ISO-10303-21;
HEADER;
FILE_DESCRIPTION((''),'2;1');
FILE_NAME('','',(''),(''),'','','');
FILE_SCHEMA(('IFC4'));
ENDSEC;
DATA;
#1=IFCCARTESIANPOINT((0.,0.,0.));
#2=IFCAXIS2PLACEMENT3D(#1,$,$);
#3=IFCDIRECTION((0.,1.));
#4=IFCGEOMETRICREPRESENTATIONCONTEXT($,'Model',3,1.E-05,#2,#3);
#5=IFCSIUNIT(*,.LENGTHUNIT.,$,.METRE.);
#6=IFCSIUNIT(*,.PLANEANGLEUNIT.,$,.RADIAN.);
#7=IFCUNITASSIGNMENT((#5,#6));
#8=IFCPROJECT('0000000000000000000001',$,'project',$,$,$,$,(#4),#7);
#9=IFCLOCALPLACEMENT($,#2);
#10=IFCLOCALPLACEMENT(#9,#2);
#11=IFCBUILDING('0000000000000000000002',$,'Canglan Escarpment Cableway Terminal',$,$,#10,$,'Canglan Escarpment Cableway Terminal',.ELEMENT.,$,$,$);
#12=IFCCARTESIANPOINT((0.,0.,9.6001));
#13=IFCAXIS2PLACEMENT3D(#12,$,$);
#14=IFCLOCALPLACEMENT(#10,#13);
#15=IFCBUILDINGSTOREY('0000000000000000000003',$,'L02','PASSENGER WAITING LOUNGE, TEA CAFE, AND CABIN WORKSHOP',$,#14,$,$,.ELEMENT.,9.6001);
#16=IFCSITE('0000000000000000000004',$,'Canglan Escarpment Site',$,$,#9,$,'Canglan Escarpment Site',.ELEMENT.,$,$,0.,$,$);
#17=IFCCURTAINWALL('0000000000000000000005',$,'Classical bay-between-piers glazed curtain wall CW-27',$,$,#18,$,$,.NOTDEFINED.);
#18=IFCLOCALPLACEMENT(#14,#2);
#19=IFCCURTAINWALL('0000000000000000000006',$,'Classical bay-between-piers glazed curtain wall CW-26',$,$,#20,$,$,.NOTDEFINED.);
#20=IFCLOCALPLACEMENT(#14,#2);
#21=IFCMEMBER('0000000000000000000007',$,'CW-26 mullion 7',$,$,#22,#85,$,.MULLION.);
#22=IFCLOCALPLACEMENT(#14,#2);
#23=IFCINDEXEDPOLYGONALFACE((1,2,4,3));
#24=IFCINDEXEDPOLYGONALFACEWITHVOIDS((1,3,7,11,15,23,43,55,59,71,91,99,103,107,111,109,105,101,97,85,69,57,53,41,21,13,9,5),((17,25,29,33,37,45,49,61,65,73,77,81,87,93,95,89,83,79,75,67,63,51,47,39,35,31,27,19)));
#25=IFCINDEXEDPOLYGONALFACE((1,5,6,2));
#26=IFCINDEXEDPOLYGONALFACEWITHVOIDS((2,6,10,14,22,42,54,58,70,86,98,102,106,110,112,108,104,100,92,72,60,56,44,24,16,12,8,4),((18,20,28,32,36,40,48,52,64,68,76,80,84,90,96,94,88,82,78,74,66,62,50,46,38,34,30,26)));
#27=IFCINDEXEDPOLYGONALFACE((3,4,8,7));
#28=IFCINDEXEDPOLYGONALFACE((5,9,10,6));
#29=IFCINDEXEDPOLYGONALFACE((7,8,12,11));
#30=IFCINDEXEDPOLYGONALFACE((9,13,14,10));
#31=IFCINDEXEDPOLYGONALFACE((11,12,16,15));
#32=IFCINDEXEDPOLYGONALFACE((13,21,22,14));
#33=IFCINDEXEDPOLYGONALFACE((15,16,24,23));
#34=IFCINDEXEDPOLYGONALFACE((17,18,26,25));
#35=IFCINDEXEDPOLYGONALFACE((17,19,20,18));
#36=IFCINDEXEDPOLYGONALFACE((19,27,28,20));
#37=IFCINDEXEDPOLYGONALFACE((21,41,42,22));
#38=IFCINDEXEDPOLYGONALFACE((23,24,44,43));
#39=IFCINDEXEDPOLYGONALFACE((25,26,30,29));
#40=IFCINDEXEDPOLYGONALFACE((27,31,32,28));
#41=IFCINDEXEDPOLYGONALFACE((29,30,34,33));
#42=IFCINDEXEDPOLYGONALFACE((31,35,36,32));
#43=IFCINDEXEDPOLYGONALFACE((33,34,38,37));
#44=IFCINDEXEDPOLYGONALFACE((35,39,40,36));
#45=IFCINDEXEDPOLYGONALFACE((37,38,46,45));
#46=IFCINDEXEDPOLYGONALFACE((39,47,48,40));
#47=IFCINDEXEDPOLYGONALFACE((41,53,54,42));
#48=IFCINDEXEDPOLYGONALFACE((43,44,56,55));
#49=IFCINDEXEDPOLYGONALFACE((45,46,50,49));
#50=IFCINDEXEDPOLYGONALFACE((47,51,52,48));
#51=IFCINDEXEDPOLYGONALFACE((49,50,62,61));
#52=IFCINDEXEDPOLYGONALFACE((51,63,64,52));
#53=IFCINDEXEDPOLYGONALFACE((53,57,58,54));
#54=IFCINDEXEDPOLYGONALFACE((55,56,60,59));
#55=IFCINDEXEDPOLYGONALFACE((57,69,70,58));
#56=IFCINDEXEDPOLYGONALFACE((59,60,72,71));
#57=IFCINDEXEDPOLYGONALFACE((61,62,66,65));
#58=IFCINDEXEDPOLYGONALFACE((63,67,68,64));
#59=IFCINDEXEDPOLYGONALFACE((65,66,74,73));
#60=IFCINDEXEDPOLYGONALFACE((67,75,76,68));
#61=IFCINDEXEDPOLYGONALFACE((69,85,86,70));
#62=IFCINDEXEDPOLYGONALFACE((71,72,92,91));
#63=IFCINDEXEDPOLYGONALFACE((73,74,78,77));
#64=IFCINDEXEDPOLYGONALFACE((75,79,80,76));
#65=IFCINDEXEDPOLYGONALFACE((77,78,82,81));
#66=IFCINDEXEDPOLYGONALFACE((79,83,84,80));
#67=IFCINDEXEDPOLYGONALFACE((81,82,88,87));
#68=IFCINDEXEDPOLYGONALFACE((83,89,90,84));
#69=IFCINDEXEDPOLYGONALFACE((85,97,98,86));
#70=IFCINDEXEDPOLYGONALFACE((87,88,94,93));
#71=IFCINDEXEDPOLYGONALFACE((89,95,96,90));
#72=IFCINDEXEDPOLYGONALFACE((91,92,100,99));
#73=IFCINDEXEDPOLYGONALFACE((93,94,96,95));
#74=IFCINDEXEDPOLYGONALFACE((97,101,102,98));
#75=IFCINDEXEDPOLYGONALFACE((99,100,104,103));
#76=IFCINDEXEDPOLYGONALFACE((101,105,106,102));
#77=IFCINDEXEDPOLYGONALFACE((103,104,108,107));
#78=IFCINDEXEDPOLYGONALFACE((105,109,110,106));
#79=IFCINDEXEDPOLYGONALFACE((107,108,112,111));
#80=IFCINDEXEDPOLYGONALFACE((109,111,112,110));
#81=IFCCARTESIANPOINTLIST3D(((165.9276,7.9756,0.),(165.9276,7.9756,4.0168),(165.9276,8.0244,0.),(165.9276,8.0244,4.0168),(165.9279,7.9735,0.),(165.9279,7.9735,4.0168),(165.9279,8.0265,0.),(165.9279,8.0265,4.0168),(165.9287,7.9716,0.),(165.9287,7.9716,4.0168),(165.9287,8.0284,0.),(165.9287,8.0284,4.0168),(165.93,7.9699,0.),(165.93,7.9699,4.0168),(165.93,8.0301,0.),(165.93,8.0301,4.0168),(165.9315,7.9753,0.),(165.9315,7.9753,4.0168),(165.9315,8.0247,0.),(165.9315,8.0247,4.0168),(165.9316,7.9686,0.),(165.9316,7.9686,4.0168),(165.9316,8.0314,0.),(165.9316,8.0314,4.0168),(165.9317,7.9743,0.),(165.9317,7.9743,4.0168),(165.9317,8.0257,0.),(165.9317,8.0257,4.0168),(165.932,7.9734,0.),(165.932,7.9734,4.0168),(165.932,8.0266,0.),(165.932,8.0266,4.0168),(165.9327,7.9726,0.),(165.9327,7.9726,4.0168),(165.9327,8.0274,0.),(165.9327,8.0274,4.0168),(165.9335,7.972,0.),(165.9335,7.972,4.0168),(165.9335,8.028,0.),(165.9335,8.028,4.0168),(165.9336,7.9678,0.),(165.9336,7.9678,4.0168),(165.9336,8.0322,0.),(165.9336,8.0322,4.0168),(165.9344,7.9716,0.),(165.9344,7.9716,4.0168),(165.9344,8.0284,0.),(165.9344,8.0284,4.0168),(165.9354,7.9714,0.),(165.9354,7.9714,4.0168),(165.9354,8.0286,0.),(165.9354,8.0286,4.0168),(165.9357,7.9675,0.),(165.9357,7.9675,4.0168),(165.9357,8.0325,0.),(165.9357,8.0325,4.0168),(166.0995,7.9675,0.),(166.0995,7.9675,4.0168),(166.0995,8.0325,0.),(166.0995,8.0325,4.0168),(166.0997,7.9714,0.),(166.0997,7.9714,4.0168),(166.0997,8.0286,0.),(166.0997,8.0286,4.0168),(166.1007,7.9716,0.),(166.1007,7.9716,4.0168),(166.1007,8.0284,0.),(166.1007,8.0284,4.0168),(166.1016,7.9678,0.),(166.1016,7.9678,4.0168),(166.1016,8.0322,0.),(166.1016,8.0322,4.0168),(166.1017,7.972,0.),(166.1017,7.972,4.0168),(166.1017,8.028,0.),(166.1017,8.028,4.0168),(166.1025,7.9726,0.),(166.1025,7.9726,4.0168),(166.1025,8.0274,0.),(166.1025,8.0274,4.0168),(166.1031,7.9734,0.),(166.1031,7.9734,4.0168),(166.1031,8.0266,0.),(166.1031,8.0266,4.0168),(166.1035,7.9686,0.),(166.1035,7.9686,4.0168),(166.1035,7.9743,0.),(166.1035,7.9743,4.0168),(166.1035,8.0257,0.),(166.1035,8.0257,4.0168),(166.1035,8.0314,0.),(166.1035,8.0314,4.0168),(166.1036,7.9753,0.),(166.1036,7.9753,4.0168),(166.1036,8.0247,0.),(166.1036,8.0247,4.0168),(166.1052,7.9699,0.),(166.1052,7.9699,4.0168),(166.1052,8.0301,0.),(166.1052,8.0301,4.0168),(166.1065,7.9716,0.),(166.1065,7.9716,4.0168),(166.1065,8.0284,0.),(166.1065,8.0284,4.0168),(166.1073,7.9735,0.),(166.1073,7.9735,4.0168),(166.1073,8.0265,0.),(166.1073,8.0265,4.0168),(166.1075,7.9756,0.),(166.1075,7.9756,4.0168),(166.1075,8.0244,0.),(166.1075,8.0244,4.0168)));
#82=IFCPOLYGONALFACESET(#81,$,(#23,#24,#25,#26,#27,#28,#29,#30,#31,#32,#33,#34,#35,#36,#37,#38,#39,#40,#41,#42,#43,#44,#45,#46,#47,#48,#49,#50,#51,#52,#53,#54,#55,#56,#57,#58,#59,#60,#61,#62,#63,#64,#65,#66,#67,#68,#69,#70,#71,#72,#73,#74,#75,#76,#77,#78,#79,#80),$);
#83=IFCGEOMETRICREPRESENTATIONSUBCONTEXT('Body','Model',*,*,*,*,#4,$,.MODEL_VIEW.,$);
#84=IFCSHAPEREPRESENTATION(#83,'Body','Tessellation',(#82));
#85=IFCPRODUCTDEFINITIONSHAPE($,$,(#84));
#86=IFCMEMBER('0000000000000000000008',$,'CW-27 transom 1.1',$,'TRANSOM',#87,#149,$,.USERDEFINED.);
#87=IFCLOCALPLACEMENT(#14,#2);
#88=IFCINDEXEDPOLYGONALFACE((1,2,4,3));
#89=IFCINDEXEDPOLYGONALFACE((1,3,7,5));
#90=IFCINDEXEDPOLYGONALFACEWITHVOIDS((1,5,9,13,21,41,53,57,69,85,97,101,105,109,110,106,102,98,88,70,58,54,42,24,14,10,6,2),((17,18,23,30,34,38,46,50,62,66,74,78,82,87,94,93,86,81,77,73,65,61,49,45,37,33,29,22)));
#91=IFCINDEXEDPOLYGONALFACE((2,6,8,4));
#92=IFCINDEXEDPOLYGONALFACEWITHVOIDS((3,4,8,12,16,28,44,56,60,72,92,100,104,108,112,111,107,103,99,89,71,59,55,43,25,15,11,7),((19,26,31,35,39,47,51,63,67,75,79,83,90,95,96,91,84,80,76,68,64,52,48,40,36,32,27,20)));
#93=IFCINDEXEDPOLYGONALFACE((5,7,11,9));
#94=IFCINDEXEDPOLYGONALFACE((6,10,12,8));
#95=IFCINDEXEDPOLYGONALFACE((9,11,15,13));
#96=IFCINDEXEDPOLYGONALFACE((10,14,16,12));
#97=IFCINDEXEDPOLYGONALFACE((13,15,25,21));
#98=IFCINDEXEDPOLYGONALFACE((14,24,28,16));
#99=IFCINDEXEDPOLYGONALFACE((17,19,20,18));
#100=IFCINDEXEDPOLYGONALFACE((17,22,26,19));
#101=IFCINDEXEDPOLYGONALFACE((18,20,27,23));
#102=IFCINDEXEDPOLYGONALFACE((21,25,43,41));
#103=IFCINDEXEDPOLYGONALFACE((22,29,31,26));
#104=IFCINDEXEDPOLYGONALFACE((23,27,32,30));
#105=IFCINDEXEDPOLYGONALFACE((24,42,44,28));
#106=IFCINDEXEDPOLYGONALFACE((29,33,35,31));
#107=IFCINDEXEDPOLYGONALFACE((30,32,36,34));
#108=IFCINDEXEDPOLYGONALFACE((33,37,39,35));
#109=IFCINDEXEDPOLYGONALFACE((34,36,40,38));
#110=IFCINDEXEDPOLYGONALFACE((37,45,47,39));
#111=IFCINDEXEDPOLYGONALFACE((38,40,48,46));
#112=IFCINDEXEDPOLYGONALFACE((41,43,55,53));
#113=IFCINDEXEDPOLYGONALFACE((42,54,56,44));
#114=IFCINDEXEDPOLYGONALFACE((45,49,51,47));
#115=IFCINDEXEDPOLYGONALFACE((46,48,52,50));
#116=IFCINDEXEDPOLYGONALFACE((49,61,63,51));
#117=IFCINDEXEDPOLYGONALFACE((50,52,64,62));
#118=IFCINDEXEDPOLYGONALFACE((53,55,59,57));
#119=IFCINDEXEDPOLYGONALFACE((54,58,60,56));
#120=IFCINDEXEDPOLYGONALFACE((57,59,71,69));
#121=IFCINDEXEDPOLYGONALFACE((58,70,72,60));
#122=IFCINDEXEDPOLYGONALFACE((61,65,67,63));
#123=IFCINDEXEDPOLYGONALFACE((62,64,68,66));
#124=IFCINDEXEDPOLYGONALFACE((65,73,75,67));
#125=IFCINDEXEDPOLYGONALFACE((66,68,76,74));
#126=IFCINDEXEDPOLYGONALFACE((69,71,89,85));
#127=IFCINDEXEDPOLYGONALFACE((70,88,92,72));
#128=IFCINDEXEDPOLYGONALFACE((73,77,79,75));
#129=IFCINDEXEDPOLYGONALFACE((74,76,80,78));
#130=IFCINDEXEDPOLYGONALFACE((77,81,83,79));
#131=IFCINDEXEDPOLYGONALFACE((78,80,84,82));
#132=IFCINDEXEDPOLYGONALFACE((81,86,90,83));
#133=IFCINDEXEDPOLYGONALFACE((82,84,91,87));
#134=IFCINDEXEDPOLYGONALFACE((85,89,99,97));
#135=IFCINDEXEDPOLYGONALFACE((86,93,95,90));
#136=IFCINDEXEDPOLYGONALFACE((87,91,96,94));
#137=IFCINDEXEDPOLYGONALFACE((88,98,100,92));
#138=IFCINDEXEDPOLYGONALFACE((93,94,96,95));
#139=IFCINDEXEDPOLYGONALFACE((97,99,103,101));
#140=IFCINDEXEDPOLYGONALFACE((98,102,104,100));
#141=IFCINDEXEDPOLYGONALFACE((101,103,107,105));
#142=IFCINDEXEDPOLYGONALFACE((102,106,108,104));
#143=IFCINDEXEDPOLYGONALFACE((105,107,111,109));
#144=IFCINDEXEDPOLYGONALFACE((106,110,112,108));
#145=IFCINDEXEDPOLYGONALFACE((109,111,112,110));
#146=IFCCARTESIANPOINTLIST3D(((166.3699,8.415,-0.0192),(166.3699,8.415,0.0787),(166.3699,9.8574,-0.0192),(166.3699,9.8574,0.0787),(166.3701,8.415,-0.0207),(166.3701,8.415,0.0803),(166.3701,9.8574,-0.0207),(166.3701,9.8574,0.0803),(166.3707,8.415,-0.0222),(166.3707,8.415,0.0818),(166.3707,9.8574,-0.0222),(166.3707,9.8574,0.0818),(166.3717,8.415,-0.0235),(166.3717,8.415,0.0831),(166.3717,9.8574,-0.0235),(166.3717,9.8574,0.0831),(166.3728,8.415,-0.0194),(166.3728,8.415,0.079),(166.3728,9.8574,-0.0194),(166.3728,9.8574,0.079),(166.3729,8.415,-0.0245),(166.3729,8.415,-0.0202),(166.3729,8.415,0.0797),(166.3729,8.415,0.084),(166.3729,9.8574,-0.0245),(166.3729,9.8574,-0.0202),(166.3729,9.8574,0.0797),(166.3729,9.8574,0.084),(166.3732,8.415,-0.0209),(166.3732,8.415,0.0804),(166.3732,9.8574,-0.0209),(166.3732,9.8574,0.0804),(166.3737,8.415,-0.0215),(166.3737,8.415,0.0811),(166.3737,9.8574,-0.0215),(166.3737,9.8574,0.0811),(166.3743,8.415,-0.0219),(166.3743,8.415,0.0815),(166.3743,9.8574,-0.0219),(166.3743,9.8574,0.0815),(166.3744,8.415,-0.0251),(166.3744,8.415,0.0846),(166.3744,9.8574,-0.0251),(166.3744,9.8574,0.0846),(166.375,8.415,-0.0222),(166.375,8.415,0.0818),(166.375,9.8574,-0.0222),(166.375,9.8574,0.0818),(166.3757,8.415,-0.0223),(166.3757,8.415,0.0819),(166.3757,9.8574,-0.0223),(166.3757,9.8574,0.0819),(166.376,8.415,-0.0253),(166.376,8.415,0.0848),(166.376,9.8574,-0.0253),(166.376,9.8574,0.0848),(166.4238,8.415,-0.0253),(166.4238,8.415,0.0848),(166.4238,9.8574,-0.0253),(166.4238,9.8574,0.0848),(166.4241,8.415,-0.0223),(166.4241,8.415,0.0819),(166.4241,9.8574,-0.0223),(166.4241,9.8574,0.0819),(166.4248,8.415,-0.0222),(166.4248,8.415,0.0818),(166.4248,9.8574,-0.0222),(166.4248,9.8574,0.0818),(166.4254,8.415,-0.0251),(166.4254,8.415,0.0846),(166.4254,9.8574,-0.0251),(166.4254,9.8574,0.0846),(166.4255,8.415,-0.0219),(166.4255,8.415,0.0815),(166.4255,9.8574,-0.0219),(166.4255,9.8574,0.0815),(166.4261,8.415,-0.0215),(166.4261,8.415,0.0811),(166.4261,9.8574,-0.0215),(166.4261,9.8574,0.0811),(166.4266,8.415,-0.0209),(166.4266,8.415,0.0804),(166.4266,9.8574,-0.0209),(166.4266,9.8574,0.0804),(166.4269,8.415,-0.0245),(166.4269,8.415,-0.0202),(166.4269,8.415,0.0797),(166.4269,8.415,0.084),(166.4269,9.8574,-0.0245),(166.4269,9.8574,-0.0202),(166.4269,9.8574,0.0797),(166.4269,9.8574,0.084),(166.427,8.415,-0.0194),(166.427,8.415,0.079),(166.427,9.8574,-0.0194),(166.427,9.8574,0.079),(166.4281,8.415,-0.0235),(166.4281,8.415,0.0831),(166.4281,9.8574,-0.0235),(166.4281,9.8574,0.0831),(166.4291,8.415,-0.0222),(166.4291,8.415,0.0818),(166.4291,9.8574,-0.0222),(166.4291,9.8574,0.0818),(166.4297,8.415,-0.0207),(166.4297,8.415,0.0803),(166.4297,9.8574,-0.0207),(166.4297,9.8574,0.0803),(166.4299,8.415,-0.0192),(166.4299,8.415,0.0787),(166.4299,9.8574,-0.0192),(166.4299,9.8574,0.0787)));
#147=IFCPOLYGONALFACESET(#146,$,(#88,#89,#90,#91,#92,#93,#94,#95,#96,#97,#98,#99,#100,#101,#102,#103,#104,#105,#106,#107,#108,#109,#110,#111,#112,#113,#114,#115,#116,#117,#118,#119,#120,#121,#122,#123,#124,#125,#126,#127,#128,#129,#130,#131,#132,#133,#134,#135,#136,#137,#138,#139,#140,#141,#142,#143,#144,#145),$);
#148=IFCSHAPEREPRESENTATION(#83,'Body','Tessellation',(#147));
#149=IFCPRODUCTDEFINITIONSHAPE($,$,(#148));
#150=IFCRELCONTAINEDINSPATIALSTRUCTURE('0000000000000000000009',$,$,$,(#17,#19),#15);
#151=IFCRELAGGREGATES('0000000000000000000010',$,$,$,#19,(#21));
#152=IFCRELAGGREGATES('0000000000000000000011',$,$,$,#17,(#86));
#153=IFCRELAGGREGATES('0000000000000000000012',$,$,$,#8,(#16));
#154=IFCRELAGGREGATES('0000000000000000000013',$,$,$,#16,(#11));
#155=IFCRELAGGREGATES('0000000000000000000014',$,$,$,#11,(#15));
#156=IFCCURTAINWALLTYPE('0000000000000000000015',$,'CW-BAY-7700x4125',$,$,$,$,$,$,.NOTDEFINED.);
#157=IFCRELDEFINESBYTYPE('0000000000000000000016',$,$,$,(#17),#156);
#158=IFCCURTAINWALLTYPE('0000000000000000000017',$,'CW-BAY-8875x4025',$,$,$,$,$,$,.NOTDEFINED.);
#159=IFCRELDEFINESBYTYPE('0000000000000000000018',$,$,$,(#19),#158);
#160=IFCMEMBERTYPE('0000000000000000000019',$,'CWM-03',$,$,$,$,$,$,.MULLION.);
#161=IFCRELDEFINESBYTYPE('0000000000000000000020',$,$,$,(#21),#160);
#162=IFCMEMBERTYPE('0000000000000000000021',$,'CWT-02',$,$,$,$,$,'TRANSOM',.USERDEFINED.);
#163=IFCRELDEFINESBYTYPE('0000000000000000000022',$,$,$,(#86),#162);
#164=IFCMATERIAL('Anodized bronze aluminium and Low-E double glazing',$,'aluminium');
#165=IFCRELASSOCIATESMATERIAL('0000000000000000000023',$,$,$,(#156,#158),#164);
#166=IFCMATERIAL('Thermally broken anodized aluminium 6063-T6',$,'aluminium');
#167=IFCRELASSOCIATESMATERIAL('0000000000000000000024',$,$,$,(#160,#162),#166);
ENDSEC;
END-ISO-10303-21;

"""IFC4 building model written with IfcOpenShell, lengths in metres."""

from ifc_helpers import new_model, si_unit, direction, frame, origin, origin_2d, place, context, subcontext, project, spatial, hollow_rectangle, extrude, material, material_profile, profile_set, type_object, element, aggregate, save


model = new_model("IFC4")

# Units and contexts
model_context = context("Model", 3, precision=1e-05, world=origin(), true_north=direction((0.0, 1.0)))
body_context = subcontext(model_context, "Body", "Model", "MODEL_VIEW")
ifc_project = project(units=[si_unit("LENGTHUNIT", "METRE"), si_unit("PLANEANGLEUNIT", "RADIAN")], contexts=[model_context])

# Site, building, storey
site_placement = place(None, origin())
site = spatial("IfcSite", under=ifc_project, at=site_placement, Name="Canglan Escarpment Site", LongName="Canglan Escarpment Site", CompositionType="ELEMENT", RefElevation=0.0)
building_placement = place(site_placement, origin())
building = spatial("IfcBuilding", under=site, at=building_placement, Name="Canglan Escarpment Cableway Terminal", LongName="Canglan Escarpment Cableway Terminal", CompositionType="ELEMENT")
storey_placement = place(building_placement, frame((0.0, 0.0, 9.6001)))
storey = spatial("IfcBuildingStorey", under=building, at=storey_placement, Name="L02", Description="PASSENGER WAITING LOUNGE, TEA CAFE, AND CABIN WORKSHOP", CompositionType="ELEMENT", Elevation=9.6001)

# Curtain walls, member
ifc_material_1 = material(Name="Anodized bronze aluminium and Low-E double glazing", Category="aluminium")
curtain_wall_type_1 = type_object("IfcCurtainWallType", Name="CW-BAY-7700x4125", PredefinedType="NOTDEFINED", material=ifc_material_1)
curtain_wall_1_placement = place(storey_placement, origin())
curtain_wall_1 = element("IfcCurtainWall", 1, at=curtain_wall_1_placement, inside=storey, type_object=curtain_wall_type_1, Name="Classical bay-between-piers glazed curtain wall CW-27", PredefinedType="NOTDEFINED")
ifc_material_2 = material(Name="Thermally broken anodized aluminium 6063-T6", Category="aluminium")
curtain_wall_type_2 = type_object("IfcCurtainWallType", Name="CW-BAY-8875x4025", PredefinedType="NOTDEFINED", material=ifc_material_1)
curtain_wall_2_placement = place(storey_placement, origin())
curtain_wall_2 = element("IfcCurtainWall", 2, at=curtain_wall_2_placement, inside=storey, type_object=curtain_wall_type_2, Name="Classical bay-between-piers glazed curtain wall CW-26", PredefinedType="NOTDEFINED")
ifc_material_profile_1 = material_profile(ifc_material_2, hollow_rectangle(XDim=0.0649, YDim=0.1799, WallThickness=0.0039, InnerFilletRadius=0.0039, OuterFilletRadius=0.0081, at=origin_2d()), Name="ALU-MULL 65x180x4")
ifc_profile_set_1 = profile_set([ifc_material_profile_1], Name="Thermally broken anodized aluminium 6063-T6")
member_type_1 = type_object("IfcMemberType", Name="CWM-03", PredefinedType="MULLION", material=ifc_profile_set_1)
member_1_placement = place(storey_placement, frame((166.0176, 8.0, 0.0), z_axis=(0.0, 0.0, 1.0), x_axis=(0.0, 1.0, 0.0)))
member_1 = element("IfcMember", 3, at=member_1_placement, type_object=member_type_1, Name="CW-26 mullion 7", PredefinedType="MULLION", context=body_context, shape_type="SweptSolid", body=[
    extrude(hollow_rectangle(XDim=0.0649, YDim=0.1799, WallThickness=0.0039, InnerFilletRadius=0.0039, OuterFilletRadius=0.0081, at=origin_2d()), origin(), (0.0, 0.0, 1.0), 4.0168),
])

# Member
ifc_material_profile_2 = material_profile(ifc_material_2, hollow_rectangle(XDim=0.0601, YDim=0.1101, WallThickness=0.0029, InnerFilletRadius=0.0029, OuterFilletRadius=0.0061, at=origin_2d()), Name="ALU-TRAN 60x110x3")
ifc_profile_set_2 = profile_set([ifc_material_profile_2], Name="Thermally broken anodized aluminium 6063-T6")
member_type_2 = type_object("IfcMemberType", Name="CWT-02", ElementType="TRANSOM", PredefinedType="USERDEFINED", material=ifc_profile_set_2)
member_2_placement = place(storey_placement, frame((166.3999, 8.415, 0.0298), z_axis=(0.0, 1.0, 0.0), x_axis=(-1.0, 0.0, 0.0)))
member_2 = element("IfcMember", 4, at=member_2_placement, type_object=member_type_2, Name="CW-27 transom 1.1", ObjectType="TRANSOM", PredefinedType="USERDEFINED", context=body_context, shape_type="SweptSolid", body=[
    extrude(hollow_rectangle(XDim=0.0601, YDim=0.1101, WallThickness=0.0029, InnerFilletRadius=0.0029, OuterFilletRadius=0.0061, at=origin_2d()), origin(), (0.0, 0.0, 1.0), 1.4424),
])

aggregate(curtain_wall_2, [member_1])
aggregate(curtain_wall_1, [member_2])

save(model, "model.ifc")
